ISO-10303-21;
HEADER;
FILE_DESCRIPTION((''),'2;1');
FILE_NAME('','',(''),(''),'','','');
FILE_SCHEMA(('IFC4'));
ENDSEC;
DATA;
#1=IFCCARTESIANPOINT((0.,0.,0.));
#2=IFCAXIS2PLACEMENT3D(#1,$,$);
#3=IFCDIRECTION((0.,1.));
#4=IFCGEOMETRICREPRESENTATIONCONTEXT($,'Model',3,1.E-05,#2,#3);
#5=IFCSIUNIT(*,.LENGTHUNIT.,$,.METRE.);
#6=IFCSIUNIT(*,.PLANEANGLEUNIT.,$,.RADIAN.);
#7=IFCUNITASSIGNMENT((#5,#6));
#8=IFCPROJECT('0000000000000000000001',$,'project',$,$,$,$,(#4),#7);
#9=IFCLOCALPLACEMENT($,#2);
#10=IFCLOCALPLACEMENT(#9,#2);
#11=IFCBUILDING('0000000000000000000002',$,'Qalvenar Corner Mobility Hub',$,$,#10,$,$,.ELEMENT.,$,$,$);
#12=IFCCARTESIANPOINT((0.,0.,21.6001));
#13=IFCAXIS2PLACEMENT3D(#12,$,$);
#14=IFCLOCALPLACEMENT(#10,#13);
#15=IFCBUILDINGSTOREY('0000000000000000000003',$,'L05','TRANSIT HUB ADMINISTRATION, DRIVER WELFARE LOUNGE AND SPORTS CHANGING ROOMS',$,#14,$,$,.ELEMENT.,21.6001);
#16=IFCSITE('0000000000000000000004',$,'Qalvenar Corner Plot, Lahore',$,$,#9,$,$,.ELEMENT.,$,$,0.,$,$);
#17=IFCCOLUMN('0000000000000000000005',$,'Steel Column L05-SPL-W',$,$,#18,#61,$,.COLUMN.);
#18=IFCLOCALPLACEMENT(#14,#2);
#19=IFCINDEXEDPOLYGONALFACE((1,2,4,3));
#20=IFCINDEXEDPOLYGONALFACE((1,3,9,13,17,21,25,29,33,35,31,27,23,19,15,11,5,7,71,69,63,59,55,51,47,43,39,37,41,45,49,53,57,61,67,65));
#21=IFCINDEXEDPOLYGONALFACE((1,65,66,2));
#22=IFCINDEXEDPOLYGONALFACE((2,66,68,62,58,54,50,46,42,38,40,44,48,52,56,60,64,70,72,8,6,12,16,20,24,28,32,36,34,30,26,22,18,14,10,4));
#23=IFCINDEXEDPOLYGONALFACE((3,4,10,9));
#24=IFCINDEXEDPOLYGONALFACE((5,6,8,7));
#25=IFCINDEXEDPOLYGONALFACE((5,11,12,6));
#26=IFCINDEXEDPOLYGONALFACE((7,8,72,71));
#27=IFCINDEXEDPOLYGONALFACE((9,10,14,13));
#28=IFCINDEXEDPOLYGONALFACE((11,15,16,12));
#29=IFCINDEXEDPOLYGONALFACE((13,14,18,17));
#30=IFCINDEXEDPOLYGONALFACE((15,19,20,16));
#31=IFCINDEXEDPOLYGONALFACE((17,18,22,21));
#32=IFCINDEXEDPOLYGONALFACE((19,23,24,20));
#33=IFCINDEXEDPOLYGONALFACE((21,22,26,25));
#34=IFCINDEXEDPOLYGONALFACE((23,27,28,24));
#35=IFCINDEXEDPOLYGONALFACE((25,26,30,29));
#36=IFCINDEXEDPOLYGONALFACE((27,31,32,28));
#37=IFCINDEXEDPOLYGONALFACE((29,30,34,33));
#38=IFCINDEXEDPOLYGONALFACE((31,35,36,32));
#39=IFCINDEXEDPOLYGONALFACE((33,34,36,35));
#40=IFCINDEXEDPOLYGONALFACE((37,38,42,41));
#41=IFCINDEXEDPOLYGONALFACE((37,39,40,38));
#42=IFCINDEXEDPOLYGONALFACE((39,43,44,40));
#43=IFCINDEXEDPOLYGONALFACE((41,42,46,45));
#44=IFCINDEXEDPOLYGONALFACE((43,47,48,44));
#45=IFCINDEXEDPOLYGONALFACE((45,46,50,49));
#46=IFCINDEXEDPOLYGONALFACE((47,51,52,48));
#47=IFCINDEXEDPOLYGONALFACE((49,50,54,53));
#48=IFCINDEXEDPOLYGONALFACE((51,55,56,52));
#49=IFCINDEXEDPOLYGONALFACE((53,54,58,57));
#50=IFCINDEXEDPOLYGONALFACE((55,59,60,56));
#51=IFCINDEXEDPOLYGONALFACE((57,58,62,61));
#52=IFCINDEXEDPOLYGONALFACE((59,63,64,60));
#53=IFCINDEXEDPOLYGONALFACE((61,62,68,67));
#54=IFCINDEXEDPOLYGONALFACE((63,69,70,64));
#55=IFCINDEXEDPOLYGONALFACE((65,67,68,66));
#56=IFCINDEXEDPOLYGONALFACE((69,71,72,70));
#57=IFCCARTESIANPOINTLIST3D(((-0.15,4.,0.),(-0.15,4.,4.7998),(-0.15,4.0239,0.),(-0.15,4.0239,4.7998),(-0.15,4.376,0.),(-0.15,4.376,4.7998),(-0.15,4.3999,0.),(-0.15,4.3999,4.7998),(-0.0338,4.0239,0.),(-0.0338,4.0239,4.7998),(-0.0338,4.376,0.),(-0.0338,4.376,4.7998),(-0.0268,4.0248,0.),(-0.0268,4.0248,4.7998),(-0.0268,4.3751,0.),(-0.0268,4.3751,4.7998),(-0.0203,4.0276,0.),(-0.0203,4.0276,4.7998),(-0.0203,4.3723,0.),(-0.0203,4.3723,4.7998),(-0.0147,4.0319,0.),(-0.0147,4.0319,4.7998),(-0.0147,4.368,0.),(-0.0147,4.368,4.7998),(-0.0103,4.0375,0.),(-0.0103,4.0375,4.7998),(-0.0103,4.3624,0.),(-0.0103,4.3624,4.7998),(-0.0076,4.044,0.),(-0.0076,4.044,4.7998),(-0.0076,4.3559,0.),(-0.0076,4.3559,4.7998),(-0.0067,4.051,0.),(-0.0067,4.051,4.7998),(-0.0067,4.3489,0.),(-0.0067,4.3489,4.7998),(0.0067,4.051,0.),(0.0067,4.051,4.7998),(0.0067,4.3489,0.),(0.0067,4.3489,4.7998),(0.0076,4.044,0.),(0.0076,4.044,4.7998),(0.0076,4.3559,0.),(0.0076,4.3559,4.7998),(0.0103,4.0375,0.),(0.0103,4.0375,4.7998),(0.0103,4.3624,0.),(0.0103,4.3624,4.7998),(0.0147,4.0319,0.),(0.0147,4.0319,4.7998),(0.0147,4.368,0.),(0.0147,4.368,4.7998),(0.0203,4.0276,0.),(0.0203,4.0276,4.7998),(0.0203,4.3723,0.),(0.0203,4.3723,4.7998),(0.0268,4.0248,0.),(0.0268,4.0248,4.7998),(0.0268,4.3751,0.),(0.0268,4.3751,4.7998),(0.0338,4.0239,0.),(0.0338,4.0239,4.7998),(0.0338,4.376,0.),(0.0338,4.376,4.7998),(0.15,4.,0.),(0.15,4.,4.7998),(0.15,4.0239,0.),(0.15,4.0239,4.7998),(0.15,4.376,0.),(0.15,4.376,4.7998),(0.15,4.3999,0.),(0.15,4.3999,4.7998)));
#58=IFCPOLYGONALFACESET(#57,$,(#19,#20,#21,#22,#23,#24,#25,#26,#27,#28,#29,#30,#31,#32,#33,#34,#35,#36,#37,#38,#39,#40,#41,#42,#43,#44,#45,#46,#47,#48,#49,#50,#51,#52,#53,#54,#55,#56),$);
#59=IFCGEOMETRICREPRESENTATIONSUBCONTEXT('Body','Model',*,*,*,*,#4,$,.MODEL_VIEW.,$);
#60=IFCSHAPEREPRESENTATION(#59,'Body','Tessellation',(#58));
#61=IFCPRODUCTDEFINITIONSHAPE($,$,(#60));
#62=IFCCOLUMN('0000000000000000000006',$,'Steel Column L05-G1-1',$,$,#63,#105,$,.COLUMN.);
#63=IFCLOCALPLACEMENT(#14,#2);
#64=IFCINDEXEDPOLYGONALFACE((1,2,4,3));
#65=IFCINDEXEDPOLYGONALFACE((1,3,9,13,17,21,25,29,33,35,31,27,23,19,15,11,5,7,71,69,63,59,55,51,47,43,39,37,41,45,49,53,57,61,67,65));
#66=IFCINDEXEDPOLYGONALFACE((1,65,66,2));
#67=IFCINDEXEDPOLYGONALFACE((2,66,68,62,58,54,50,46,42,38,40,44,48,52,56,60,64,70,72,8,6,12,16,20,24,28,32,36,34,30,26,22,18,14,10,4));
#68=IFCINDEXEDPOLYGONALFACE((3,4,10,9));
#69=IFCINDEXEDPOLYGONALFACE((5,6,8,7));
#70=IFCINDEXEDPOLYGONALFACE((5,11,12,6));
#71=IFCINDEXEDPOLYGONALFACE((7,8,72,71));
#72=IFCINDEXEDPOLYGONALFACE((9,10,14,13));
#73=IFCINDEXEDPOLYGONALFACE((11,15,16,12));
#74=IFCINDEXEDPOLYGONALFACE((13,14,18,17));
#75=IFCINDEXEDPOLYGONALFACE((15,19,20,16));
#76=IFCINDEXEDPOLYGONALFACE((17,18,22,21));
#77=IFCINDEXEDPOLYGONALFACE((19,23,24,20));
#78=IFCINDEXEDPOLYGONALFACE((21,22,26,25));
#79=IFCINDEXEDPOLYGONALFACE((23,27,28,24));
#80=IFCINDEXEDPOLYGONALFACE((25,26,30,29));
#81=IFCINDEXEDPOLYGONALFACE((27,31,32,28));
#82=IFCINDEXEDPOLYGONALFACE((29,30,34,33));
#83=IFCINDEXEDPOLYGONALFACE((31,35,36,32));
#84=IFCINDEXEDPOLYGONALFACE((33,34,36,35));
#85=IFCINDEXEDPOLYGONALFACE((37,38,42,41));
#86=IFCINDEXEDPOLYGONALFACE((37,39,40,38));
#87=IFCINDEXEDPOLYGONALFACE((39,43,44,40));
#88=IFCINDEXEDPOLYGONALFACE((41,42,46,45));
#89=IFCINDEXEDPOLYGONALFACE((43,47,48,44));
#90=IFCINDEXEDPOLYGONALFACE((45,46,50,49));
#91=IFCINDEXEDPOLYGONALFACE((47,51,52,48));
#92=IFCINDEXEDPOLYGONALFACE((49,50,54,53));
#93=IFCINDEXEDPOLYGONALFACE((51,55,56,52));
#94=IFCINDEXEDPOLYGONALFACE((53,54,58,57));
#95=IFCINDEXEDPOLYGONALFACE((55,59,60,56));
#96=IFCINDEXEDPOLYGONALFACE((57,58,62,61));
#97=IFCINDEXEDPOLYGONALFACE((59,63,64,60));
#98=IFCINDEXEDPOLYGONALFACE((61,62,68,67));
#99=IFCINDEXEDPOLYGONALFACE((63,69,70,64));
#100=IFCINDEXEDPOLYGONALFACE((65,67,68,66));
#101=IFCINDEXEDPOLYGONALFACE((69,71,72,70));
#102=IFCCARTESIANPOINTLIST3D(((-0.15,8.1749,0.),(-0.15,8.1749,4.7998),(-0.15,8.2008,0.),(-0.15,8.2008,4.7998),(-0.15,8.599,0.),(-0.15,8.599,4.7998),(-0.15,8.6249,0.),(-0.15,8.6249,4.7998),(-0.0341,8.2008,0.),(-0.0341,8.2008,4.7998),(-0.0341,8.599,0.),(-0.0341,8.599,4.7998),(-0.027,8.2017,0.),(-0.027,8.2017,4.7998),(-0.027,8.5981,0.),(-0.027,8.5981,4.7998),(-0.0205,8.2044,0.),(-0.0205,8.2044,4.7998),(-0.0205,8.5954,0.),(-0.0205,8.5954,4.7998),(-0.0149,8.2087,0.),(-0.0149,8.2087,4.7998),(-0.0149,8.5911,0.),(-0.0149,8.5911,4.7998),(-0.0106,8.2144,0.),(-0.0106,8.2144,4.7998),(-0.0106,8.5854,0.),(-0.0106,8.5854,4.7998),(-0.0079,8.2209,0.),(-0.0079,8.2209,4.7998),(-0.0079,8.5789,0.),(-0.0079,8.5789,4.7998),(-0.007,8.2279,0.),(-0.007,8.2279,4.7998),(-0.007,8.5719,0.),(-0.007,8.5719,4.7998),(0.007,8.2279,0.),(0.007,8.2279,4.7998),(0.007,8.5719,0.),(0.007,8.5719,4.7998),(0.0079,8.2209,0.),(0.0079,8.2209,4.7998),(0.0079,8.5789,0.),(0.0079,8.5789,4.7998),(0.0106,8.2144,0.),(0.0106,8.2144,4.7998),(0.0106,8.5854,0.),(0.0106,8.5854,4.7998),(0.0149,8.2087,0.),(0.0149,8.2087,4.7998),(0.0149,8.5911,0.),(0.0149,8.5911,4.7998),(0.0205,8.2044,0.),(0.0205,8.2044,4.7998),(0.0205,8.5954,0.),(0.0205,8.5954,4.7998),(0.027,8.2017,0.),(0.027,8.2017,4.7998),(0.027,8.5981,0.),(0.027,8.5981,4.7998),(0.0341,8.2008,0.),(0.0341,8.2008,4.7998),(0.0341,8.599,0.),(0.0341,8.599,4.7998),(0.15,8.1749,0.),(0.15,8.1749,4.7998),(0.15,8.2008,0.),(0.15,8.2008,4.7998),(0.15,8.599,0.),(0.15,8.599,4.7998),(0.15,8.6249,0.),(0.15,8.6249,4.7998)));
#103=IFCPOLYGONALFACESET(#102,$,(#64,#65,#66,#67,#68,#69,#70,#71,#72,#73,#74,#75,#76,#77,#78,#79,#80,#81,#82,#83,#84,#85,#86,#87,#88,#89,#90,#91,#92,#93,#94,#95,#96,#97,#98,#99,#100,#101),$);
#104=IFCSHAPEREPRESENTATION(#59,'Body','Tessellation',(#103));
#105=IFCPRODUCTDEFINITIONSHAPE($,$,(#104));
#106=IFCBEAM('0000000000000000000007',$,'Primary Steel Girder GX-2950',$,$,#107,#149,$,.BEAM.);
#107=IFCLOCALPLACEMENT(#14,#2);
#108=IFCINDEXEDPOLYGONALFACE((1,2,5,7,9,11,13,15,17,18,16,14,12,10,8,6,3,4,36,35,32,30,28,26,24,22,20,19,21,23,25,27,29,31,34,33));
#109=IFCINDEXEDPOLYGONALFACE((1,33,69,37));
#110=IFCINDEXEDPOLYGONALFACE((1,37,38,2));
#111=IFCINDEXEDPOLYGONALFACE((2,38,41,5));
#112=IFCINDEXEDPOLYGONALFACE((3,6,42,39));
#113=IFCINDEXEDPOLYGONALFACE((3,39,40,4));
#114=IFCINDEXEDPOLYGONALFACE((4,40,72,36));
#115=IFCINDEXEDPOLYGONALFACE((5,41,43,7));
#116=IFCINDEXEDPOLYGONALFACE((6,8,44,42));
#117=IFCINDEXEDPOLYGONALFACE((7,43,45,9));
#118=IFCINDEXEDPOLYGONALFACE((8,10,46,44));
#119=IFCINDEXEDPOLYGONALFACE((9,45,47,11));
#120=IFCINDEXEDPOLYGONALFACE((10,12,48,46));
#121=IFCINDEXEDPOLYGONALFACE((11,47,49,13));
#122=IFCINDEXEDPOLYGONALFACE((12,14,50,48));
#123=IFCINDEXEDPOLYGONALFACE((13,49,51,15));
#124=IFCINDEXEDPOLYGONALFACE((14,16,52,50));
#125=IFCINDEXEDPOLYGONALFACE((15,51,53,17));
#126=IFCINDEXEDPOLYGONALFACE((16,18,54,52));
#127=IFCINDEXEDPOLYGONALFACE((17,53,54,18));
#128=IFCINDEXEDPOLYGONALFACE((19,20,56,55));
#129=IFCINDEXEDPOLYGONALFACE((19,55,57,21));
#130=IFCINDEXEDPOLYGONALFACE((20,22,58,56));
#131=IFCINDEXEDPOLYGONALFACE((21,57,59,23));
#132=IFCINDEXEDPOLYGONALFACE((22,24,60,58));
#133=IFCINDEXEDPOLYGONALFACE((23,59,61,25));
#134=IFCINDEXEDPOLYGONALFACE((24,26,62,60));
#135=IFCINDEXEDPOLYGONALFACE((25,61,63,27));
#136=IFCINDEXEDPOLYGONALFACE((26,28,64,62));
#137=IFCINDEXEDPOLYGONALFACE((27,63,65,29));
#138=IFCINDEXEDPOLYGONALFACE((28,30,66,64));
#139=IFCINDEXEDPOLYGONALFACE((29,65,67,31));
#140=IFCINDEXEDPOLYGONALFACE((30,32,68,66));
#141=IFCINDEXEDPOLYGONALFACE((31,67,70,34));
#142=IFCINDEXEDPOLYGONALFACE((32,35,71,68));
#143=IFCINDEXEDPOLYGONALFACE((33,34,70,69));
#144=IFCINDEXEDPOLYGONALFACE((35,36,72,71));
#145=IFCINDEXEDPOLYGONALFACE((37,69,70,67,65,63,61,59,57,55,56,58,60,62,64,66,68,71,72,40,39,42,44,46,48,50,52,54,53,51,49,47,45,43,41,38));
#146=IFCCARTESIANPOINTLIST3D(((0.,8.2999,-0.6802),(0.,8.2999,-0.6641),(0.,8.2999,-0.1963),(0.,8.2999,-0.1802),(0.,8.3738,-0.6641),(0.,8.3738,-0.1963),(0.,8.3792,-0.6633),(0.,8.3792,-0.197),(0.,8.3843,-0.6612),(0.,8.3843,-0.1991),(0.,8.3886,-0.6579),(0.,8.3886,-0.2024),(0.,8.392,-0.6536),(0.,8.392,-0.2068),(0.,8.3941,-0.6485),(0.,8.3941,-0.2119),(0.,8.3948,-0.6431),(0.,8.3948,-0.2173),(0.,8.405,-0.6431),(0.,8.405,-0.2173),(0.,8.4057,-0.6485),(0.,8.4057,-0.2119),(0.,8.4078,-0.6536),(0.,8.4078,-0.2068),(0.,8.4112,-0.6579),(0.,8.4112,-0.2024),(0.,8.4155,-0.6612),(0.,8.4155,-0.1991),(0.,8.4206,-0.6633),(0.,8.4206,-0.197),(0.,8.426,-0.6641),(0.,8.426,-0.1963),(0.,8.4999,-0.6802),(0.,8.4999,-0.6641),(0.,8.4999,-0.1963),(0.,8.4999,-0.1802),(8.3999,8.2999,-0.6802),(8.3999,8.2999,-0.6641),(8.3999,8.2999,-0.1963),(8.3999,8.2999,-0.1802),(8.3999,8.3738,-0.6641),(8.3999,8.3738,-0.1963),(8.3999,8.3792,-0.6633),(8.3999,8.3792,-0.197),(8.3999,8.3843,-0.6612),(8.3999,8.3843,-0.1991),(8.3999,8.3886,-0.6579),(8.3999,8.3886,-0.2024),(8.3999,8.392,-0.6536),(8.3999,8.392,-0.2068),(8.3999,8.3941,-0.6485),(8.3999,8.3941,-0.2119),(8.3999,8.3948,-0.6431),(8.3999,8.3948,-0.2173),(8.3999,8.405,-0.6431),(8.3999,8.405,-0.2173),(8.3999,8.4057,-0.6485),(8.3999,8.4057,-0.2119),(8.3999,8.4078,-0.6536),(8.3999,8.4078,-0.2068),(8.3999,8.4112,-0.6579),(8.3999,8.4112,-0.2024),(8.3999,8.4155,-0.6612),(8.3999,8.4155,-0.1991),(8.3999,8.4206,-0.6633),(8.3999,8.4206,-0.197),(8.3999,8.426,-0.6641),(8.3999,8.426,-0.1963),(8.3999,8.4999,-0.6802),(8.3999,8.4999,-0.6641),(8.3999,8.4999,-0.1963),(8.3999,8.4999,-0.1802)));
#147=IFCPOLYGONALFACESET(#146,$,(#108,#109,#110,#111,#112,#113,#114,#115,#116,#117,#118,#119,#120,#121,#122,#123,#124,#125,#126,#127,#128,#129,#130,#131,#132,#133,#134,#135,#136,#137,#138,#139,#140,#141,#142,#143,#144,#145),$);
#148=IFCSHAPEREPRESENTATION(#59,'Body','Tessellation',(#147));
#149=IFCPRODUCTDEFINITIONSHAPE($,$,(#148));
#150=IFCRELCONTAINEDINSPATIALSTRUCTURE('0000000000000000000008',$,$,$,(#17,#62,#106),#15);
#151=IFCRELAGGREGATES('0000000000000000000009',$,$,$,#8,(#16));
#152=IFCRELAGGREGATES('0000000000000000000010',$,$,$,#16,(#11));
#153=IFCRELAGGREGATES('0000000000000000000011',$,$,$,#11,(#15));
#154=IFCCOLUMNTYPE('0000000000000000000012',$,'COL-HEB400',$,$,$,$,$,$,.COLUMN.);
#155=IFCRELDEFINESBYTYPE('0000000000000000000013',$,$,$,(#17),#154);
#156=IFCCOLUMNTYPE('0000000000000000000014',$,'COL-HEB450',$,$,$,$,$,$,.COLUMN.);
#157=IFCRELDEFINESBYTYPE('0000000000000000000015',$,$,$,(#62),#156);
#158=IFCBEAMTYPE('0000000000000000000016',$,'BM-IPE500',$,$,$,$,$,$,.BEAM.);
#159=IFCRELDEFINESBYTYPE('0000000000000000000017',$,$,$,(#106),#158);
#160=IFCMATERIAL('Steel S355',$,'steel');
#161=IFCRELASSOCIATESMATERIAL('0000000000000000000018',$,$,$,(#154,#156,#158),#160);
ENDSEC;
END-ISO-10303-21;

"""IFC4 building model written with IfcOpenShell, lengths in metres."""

from ifc_helpers import new_model, si_unit, direction, frame, origin, origin_2d, place, context, subcontext, project, spatial, i_section, extrude, material, material_profile, profile_set, type_object, element, save


model = new_model("IFC4")

# Units and contexts
model_context = context("Model", 3, precision=1e-05, world=origin(), true_north=direction((0.0, 1.0)))
body_context = subcontext(model_context, "Body", "Model", "MODEL_VIEW")
ifc_project = project(units=[si_unit("LENGTHUNIT", "METRE"), si_unit("PLANEANGLEUNIT", "RADIAN")], contexts=[model_context])

# Site, building, storey
site_placement = place(None, origin())
site = spatial("IfcSite", under=ifc_project, at=site_placement, Name="Qalvenar Corner Plot, Lahore", CompositionType="ELEMENT", RefElevation=0.0)
building_placement = place(site_placement, origin())
building = spatial("IfcBuilding", under=site, at=building_placement, Name="Qalvenar Corner Mobility Hub", CompositionType="ELEMENT")
storey_placement = place(building_placement, frame((0.0, 0.0, 21.6001)))
storey = spatial("IfcBuildingStorey", under=building, at=storey_placement, Name="L05", Description="TRANSIT HUB ADMINISTRATION, DRIVER WELFARE LOUNGE AND SPORTS CHANGING ROOMS", CompositionType="ELEMENT", Elevation=21.6001)

# Columns
ifc_material_1 = material(Name="Steel S355", Category="steel")
ifc_material_profile_1 = material_profile(ifc_material_1, i_section(OverallWidth=0.3, OverallDepth=0.3999, WebThickness=0.0134, FlangeThickness=0.0239, FilletRadius=0.0271, at=origin_2d()), Name="HEB400")
ifc_profile_set_1 = profile_set([ifc_material_profile_1], Name="Steel S355")
column_type_1 = type_object("IfcColumnType", Name="COL-HEB400", PredefinedType="COLUMN", material=ifc_profile_set_1)
column_1_placement = place(storey_placement, frame((0.0, 4.2, 0.0), z_axis=(0.0, 0.0, 1.0), x_axis=(1.0, 0.0, 0.0)))
element("IfcColumn", 1, at=column_1_placement, inside=storey, type_object=column_type_1, Name="Steel Column L05-SPL-W", PredefinedType="COLUMN", context=body_context, shape_type="SweptSolid", body=[
    extrude(i_section(OverallWidth=0.3, OverallDepth=0.3999, WebThickness=0.0134, FlangeThickness=0.0239, FilletRadius=0.0271, at=origin_2d()), origin(), (0.0, 0.0, 1.0), 4.7998),
])
ifc_material_profile_2 = material_profile(ifc_material_1, i_section(OverallWidth=0.3, OverallDepth=0.45, WebThickness=0.0139, FlangeThickness=0.0259, FilletRadius=0.0271, at=origin_2d()), Name="HEB450")
ifc_profile_set_2 = profile_set([ifc_material_profile_2], Name="Steel S355")
column_type_2 = type_object("IfcColumnType", Name="COL-HEB450", PredefinedType="COLUMN", material=ifc_profile_set_2)
column_2_placement = place(storey_placement, frame((0.0, 8.3999, 0.0), z_axis=(0.0, 0.0, 1.0), x_axis=(1.0, 0.0, 0.0)))
element("IfcColumn", 2, at=column_2_placement, inside=storey, type_object=column_type_2, Name="Steel Column L05-G1-1", PredefinedType="COLUMN", context=body_context, shape_type="SweptSolid", body=[
    extrude(i_section(OverallWidth=0.3, OverallDepth=0.45, WebThickness=0.0139, FlangeThickness=0.0259, FilletRadius=0.0271, at=origin_2d()), origin(), (0.0, 0.0, 1.0), 4.7998),
])

# Beam
ifc_material_profile_3 = material_profile(ifc_material_1, i_section(OverallWidth=0.2, OverallDepth=0.5, WebThickness=0.0103, FlangeThickness=0.0161, FilletRadius=0.021, at=origin_2d()), Name="IPE500")
ifc_profile_set_3 = profile_set([ifc_material_profile_3], Name="Steel S355")
beam_type_1 = type_object("IfcBeamType", Name="BM-IPE500", PredefinedType="BEAM", material=ifc_profile_set_3)
beam_1_placement = place(storey_placement, frame((0.0, 8.3999, -0.4302), z_axis=(1.0, 0.0, 0.0), x_axis=(0.0, 1.0, 0.0)))
element("IfcBeam", 3, at=beam_1_placement, inside=storey, type_object=beam_type_1, Name="Primary Steel Girder GX-2950", PredefinedType="BEAM", context=body_context, shape_type="SweptSolid", body=[
    extrude(i_section(OverallWidth=0.2, OverallDepth=0.5, WebThickness=0.0103, FlangeThickness=0.0161, FilletRadius=0.021, at=origin_2d()), origin(), (0.0, 0.0, 1.0), 8.3999),
])

save(model, "model.ifc")
